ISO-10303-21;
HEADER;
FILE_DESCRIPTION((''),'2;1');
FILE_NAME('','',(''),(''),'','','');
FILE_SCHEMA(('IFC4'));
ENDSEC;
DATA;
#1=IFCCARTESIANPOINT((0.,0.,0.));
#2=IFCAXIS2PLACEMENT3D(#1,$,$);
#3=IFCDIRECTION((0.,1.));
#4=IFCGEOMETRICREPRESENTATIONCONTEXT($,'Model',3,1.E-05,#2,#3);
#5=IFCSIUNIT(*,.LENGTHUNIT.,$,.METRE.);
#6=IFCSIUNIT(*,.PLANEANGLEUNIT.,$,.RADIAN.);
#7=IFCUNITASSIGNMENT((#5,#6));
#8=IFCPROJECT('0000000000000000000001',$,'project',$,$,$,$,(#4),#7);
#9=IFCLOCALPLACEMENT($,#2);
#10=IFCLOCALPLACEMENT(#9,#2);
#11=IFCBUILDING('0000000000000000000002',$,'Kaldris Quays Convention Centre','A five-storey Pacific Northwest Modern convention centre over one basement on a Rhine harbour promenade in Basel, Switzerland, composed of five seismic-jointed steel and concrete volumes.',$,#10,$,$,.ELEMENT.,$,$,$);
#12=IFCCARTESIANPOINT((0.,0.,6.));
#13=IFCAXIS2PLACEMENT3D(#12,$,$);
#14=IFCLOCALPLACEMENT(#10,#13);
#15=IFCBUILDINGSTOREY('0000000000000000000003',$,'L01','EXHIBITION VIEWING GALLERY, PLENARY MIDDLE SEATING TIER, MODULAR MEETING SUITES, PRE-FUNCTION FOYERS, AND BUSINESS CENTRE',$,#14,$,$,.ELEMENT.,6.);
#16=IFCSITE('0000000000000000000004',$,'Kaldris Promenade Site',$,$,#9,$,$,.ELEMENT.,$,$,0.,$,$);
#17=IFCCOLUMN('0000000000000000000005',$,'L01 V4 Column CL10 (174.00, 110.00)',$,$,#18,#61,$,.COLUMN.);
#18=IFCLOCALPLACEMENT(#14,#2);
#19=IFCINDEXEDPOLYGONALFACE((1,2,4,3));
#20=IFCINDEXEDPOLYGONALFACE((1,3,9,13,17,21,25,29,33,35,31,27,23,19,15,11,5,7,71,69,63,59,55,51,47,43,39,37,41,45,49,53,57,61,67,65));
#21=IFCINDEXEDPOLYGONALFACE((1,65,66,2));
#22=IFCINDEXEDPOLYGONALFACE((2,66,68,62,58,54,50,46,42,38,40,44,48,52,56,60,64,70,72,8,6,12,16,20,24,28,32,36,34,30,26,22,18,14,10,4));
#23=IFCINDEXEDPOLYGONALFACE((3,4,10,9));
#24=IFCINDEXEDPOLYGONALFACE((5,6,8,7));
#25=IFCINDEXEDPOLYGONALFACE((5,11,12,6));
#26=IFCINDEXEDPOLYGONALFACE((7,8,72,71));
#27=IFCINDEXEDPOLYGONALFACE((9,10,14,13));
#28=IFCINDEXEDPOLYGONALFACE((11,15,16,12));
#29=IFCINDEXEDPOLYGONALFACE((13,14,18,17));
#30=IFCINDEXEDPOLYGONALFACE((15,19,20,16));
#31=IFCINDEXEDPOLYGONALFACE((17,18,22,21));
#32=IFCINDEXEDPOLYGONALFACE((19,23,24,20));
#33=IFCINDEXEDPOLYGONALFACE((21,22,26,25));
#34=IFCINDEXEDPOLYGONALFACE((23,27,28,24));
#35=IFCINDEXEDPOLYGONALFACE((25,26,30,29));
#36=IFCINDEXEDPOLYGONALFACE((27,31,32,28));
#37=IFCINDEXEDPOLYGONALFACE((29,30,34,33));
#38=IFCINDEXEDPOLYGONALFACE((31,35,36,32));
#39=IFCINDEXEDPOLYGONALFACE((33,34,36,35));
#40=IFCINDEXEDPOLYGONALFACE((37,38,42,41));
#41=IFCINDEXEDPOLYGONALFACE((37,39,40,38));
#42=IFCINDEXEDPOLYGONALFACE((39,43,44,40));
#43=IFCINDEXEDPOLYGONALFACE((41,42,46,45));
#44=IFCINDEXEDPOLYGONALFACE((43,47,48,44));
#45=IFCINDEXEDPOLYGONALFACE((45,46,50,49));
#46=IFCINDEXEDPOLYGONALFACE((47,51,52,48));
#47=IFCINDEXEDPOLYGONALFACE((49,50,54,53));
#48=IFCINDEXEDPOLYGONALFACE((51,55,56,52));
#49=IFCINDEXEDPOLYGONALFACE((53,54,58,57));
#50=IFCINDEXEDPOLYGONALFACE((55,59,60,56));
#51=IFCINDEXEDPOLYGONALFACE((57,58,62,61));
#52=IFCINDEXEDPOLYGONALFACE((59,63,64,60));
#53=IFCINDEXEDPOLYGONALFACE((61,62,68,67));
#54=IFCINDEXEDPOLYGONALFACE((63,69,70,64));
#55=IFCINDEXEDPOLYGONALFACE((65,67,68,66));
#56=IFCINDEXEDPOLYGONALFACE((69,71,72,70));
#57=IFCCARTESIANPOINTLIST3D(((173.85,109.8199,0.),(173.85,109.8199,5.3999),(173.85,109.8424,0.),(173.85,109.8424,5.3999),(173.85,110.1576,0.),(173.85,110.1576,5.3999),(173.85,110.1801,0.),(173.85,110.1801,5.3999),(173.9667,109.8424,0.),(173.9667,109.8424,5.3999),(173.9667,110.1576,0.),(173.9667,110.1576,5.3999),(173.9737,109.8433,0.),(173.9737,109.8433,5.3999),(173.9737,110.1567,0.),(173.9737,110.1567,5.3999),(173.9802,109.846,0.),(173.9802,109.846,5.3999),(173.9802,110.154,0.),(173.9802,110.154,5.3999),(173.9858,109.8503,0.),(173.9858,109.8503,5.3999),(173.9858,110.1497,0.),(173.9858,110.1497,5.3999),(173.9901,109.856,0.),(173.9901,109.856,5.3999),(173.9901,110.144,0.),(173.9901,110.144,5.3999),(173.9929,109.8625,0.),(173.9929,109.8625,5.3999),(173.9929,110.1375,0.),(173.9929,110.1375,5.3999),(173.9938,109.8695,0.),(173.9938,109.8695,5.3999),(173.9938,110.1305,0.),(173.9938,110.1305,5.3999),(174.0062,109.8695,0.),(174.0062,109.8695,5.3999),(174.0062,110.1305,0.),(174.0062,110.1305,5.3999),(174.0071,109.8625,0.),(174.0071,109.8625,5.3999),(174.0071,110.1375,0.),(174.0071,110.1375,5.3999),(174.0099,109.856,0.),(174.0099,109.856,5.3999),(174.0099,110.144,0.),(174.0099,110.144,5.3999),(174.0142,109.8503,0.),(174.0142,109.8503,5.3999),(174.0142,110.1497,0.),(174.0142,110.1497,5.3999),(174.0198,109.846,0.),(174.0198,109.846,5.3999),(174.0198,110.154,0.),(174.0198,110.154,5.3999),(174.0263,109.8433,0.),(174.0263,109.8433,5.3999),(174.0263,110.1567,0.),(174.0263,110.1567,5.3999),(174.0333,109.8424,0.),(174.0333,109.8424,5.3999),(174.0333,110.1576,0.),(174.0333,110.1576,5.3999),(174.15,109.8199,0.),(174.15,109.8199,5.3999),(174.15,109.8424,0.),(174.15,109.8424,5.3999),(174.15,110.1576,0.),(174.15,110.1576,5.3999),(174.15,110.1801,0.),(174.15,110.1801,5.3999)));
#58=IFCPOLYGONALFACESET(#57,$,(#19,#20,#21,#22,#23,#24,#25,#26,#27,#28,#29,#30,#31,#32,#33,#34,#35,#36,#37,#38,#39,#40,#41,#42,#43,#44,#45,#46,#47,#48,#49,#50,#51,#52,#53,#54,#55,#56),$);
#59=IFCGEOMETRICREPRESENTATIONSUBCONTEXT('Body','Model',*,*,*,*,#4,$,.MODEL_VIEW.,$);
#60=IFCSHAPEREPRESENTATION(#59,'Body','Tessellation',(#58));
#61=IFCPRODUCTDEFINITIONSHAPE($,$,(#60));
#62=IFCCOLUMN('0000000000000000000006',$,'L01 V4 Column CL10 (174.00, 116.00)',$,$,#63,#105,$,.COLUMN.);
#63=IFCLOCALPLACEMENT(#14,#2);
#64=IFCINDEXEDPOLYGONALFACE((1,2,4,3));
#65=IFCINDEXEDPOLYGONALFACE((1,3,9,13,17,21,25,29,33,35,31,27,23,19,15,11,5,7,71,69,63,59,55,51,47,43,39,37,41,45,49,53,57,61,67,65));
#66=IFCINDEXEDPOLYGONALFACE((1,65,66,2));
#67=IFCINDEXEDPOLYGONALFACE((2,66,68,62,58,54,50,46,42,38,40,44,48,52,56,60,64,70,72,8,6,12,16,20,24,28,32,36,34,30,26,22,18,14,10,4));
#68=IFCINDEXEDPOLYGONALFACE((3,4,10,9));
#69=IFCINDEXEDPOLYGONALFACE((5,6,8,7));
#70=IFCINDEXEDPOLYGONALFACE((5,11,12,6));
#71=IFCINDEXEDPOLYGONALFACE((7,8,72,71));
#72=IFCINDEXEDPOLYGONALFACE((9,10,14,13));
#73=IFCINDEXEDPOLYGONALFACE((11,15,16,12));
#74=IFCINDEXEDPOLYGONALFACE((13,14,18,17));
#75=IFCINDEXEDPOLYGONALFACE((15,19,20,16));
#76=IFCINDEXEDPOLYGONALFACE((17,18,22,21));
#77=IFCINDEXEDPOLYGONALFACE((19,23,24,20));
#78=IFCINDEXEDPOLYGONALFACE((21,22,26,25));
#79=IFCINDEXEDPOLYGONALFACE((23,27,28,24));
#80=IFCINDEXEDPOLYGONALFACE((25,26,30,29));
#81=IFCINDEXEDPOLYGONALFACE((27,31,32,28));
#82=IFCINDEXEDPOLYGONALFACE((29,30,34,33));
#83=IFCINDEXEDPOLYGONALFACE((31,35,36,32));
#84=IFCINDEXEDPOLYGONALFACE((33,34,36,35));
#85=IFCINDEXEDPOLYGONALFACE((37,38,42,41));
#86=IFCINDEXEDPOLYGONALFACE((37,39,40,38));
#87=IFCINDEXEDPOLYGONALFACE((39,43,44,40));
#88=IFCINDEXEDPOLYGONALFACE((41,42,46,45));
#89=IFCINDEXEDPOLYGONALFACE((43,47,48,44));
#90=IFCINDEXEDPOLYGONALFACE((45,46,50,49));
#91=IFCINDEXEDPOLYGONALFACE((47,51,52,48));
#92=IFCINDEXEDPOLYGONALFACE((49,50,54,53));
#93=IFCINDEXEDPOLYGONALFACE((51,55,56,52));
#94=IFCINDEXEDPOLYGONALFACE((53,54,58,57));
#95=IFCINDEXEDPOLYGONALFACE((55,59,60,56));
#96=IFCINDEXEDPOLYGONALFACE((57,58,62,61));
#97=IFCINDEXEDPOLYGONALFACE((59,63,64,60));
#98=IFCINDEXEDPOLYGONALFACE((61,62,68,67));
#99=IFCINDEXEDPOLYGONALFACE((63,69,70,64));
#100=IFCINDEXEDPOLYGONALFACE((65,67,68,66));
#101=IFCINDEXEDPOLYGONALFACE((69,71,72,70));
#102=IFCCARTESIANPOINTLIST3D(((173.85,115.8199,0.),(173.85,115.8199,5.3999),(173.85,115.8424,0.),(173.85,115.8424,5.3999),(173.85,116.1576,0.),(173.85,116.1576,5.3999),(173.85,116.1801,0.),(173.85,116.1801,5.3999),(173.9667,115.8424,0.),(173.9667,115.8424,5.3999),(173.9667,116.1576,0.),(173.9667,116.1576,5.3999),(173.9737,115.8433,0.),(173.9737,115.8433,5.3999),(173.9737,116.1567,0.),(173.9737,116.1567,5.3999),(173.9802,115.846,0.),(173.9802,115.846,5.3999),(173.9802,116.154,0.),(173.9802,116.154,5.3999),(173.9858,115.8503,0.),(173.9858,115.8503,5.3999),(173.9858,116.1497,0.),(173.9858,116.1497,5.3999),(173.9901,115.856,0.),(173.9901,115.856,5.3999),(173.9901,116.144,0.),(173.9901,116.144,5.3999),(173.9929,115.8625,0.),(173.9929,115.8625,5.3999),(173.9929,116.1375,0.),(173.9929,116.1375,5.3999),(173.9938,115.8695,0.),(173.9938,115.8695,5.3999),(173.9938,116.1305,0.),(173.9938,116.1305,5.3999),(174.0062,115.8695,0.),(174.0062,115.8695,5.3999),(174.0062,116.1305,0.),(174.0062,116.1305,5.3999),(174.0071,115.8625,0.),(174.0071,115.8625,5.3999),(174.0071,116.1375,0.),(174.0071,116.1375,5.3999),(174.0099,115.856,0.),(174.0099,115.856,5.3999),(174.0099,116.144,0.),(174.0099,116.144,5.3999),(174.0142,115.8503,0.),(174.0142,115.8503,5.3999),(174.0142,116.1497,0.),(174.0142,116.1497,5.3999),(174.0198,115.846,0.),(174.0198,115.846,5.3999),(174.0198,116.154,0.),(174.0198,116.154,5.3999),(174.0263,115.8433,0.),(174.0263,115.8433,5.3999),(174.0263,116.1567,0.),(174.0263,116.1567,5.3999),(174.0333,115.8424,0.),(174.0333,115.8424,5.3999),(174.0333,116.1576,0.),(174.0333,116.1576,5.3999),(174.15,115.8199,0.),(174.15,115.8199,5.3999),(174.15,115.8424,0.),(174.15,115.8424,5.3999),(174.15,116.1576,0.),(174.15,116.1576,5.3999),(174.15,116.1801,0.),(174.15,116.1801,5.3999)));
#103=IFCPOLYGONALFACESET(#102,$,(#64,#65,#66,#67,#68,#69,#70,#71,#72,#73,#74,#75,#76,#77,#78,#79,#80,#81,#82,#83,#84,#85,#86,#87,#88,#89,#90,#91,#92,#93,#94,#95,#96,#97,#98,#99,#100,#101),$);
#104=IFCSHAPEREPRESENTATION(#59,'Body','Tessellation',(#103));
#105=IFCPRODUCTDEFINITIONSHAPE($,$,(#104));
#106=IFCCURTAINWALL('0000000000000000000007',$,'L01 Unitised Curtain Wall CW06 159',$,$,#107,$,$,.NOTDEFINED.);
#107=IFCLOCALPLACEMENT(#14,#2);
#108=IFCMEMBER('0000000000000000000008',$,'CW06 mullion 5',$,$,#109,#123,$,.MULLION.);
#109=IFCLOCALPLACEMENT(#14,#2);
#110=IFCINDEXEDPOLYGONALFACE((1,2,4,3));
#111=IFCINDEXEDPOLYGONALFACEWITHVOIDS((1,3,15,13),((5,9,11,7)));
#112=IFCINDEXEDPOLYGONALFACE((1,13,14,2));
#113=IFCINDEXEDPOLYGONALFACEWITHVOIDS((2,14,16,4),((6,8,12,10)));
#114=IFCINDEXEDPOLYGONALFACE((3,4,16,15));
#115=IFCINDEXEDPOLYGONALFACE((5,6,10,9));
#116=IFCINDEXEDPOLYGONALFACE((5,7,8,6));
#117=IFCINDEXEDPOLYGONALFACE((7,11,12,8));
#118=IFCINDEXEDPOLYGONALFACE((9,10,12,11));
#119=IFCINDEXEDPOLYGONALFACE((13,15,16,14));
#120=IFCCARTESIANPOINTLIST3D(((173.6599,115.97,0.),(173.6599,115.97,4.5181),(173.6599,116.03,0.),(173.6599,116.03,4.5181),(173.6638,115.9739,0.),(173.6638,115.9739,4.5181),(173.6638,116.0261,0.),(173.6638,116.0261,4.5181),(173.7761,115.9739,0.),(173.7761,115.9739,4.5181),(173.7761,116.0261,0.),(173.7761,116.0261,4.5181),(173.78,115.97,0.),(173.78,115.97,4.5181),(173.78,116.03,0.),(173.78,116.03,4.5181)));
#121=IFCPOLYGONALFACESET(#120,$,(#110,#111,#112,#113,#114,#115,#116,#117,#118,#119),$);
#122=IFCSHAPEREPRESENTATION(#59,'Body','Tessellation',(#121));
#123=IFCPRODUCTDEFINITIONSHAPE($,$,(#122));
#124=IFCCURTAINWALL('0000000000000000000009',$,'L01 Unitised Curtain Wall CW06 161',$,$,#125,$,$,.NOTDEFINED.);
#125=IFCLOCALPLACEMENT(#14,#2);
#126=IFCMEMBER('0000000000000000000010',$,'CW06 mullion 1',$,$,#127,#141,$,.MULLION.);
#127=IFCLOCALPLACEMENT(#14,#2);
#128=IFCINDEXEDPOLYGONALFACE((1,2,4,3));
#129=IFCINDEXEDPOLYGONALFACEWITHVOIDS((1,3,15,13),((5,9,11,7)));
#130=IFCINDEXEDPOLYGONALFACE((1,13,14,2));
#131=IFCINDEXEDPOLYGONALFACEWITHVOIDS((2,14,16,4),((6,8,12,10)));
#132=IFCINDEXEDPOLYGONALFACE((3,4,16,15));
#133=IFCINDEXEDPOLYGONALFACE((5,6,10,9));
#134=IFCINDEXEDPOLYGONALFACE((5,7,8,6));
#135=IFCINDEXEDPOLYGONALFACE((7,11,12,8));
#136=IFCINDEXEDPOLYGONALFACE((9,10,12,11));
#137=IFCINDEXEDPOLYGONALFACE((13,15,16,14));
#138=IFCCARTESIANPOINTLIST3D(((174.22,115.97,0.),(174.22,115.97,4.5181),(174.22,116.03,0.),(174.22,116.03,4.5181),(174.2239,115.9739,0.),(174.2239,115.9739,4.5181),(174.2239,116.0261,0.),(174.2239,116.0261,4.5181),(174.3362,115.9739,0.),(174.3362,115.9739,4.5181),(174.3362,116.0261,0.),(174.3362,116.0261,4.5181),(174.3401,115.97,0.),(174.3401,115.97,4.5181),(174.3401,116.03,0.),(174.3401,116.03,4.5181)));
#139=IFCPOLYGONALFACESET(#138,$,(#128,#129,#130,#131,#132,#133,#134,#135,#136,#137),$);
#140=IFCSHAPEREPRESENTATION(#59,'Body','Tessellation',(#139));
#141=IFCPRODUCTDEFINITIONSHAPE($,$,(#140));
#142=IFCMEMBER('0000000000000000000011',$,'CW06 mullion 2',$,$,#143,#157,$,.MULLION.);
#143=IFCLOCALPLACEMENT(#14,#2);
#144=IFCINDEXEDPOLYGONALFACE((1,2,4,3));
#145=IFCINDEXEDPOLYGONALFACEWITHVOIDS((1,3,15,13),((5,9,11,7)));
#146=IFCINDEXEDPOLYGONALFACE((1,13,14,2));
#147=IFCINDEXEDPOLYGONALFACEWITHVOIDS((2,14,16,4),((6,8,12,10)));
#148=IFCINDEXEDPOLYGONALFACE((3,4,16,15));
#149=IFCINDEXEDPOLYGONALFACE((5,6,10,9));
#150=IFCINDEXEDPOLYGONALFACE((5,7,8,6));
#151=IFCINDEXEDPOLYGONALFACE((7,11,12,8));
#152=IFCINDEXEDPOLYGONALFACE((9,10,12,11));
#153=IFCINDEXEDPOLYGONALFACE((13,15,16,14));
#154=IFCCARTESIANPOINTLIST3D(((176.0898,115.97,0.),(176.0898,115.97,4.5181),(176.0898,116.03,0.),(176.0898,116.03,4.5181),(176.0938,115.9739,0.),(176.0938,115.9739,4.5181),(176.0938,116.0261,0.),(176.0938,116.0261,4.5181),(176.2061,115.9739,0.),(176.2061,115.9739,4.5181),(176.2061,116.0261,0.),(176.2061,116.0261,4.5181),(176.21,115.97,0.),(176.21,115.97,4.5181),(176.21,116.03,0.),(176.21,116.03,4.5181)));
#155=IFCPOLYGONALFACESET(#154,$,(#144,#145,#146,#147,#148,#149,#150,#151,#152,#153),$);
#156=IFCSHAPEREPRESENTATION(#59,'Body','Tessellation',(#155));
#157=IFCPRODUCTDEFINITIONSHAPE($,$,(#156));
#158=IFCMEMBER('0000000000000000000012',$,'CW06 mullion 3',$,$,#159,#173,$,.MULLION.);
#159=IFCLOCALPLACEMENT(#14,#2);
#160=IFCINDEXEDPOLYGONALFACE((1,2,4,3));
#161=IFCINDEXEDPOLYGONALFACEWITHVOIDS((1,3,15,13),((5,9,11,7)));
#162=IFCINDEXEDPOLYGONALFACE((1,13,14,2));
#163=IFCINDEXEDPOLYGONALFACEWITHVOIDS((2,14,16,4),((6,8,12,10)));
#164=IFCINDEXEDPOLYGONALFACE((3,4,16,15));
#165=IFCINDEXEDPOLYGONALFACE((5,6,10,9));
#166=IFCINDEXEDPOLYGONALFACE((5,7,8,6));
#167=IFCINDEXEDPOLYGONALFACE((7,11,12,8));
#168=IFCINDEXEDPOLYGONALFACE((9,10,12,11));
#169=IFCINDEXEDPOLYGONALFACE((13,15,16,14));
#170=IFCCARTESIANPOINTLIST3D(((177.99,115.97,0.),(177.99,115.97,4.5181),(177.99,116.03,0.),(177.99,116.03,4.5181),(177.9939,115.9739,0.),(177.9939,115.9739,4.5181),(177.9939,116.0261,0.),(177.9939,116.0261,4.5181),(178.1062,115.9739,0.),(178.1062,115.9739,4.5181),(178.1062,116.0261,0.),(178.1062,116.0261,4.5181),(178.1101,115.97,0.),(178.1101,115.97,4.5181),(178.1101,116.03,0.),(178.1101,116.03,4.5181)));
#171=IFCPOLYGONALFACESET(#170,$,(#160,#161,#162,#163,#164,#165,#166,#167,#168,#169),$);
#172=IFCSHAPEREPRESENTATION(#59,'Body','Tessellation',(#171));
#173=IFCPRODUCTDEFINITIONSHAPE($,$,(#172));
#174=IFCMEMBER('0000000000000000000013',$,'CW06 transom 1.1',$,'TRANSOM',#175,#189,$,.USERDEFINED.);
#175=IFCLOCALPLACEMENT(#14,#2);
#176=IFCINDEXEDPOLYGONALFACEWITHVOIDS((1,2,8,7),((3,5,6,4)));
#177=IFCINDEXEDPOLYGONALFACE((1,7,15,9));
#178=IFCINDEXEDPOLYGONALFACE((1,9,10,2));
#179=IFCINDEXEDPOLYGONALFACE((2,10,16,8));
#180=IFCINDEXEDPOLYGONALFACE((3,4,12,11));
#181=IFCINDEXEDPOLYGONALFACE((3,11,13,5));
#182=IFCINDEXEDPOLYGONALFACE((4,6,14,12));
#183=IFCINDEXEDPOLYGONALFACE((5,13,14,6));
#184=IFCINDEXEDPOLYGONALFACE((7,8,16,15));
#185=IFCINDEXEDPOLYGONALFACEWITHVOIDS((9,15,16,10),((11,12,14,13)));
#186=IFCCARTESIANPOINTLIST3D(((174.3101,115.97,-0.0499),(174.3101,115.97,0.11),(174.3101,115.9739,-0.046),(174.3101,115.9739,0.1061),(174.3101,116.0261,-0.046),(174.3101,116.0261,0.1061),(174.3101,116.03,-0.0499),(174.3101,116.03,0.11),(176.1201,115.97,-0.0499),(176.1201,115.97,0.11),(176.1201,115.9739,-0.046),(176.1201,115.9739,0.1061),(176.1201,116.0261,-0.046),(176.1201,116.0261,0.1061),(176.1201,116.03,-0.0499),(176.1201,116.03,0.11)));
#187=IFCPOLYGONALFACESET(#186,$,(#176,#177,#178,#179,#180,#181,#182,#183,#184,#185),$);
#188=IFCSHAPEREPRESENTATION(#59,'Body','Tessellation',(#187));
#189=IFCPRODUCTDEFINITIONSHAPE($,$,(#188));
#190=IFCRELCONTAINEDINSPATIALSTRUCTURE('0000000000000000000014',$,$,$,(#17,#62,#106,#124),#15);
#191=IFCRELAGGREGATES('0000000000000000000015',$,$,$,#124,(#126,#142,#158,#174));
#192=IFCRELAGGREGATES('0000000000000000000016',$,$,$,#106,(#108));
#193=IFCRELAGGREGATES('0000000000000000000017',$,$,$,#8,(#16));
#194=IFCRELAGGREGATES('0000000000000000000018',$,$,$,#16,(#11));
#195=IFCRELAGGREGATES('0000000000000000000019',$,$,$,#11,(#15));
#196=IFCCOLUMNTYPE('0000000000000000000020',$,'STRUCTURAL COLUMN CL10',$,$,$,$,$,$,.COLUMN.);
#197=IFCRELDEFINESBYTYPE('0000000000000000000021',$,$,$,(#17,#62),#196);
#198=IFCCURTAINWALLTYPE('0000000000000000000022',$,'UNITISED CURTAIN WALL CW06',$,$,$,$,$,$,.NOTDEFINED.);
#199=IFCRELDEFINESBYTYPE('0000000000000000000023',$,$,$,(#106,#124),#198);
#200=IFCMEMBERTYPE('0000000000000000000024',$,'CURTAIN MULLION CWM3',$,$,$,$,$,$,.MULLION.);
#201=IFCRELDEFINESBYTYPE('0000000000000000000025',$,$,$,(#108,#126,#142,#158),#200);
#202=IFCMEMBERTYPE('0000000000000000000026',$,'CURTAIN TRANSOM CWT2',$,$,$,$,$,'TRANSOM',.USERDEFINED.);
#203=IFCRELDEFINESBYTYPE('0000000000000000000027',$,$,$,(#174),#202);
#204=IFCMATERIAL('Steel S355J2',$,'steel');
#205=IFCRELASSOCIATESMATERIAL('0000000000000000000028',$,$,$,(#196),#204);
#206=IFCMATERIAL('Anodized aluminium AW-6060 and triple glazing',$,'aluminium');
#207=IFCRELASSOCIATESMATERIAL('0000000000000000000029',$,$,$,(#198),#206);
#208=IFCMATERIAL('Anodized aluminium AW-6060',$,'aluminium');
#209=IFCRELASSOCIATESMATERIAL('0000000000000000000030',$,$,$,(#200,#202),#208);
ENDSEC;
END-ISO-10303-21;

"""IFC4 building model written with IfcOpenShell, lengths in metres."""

from ifc_helpers import new_model, si_unit, direction, frame, origin, origin_2d, place, context, subcontext, project, spatial, hollow_rectangle, i_section, extrude, material, material_profile, profile_set, type_object, element, aggregate, save


model = new_model("IFC4")

# Units and contexts
model_context = context("Model", 3, precision=1e-05, world=origin(), true_north=direction((0.0, 1.0)))
body_context = subcontext(model_context, "Body", "Model", "MODEL_VIEW")
ifc_project = project(units=[si_unit("LENGTHUNIT", "METRE"), si_unit("PLANEANGLEUNIT", "RADIAN")], contexts=[model_context])

# Site, building, storey
site_placement = place(None, origin())
site = spatial("IfcSite", under=ifc_project, at=site_placement, Name="Kaldris Promenade Site", CompositionType="ELEMENT", RefElevation=0.0)
building_placement = place(site_placement, origin())
building = spatial("IfcBuilding", under=site, at=building_placement, Name="Kaldris Quays Convention Centre", Description="A five-storey Pacific Northwest Modern convention centre over one basement on a Rhine harbour promenade in Basel, Switzerland, composed of five seismic-jointed steel and concrete volumes.", CompositionType="ELEMENT")
storey_placement = place(building_placement, frame((0.0, 0.0, 6.0)))
storey = spatial("IfcBuildingStorey", under=building, at=storey_placement, Name="L01", Description="EXHIBITION VIEWING GALLERY, PLENARY MIDDLE SEATING TIER, MODULAR MEETING SUITES, PRE-FUNCTION FOYERS, AND BUSINESS CENTRE", CompositionType="ELEMENT", Elevation=6.0)

# Columns
ifc_material_1 = material(Name="Steel S355J2", Category="steel")
ifc_material_profile_1 = material_profile(ifc_material_1, i_section(OverallWidth=0.3, OverallDepth=0.3601, WebThickness=0.0125, FlangeThickness=0.0225, FilletRadius=0.0271, at=origin_2d()), Name="HEB 360")
ifc_profile_set_1 = profile_set([ifc_material_profile_1], Name="Steel S355J2")
column_type = type_object("IfcColumnType", Name="STRUCTURAL COLUMN CL10", PredefinedType="COLUMN", material=ifc_profile_set_1)
for number, where, z_axis, x_axis, name in (
    (1, (174.0, 110.0, 0.0), (0.0, 0.0, 1.0), (1.0, 0.0, 0.0), "L01 V4 Column CL10 (174.00, 110.00)"),
    (2, (174.0, 116.0, 0.0), (0.0, 0.0, 1.0), (1.0, 0.0, 0.0), "L01 V4 Column CL10 (174.00, 116.00)"),
):
    element("IfcColumn", number, at=place(storey_placement, frame(where, z_axis=z_axis, x_axis=x_axis)), inside=storey, type_object=column_type, Name=name, PredefinedType="COLUMN", context=body_context, shape_type="SweptSolid", body=[
        extrude(i_section(OverallWidth=0.3, OverallDepth=0.3601, WebThickness=0.0125, FlangeThickness=0.0225, FilletRadius=0.0271, at=origin_2d()), origin(), (0.0, 0.0, 1.0), 5.3999),
    ])

# Curtain wall, member
ifc_material_2 = material(Name="Anodized aluminium AW-6060 and triple glazing", Category="aluminium")
curtain_wall_type = type_object("IfcCurtainWallType", Name="UNITISED CURTAIN WALL CW06", PredefinedType="NOTDEFINED", material=ifc_material_2)
curtain_wall_1_placement = place(storey_placement, origin())
curtain_wall_1 = element("IfcCurtainWall", 3, at=curtain_wall_1_placement, inside=storey, type_object=curtain_wall_type, Name="L01 Unitised Curtain Wall CW06 159", PredefinedType="NOTDEFINED")
ifc_material_3 = material(Name="Anodized aluminium AW-6060", Category="aluminium")
ifc_material_profile_2 = material_profile(ifc_material_3, hollow_rectangle(XDim=0.0601, YDim=0.1201, WallThickness=0.0039, at=origin_2d()), Name="RHS 120x60x4")
ifc_profile_set_2 = profile_set([ifc_material_profile_2], Name="Anodized aluminium AW-6060")
member_type_1 = type_object("IfcMemberType", Name="CURTAIN MULLION CWM3", PredefinedType="MULLION", material=ifc_profile_set_2)
member_1_placement = place(storey_placement, frame((173.72, 116.0, 0.0), z_axis=(0.0, 0.0, 1.0), x_axis=(0.0, 1.0, 0.0)))
member_1 = element("IfcMember", 4, at=member_1_placement, type_object=member_type_1, Name="CW06 mullion 5", PredefinedType="MULLION", context=body_context, shape_type="SweptSolid", body=[
    extrude(hollow_rectangle(XDim=0.0601, YDim=0.1201, WallThickness=0.0039, at=origin_2d()), origin(), (0.0, 0.0, 1.0), 4.5181),
])

# Curtain wall, members
curtain_wall_2_placement = place(storey_placement, origin())
curtain_wall_2 = element("IfcCurtainWall", 5, at=curtain_wall_2_placement, inside=storey, type_object=curtain_wall_type, Name="L01 Unitised Curtain Wall CW06 161", PredefinedType="NOTDEFINED")
member_2_placement = place(storey_placement, frame((174.28, 116.0, 0.0), z_axis=(0.0, 0.0, 1.0), x_axis=(0.0, 1.0, 0.0)))
member_2 = element("IfcMember", 6, at=member_2_placement, type_object=member_type_1, Name="CW06 mullion 1", PredefinedType="MULLION", context=body_context, shape_type="SweptSolid", body=[
    extrude(hollow_rectangle(XDim=0.0601, YDim=0.1201, WallThickness=0.0039, at=origin_2d()), origin(), (0.0, 0.0, 1.0), 4.5181),
])
member_3_placement = place(storey_placement, frame((176.1499, 116.0, 0.0), z_axis=(0.0, 0.0, 1.0), x_axis=(0.0, 1.0, 0.0)))
member_3 = element("IfcMember", 7, at=member_3_placement, type_object=member_type_1, Name="CW06 mullion 2", PredefinedType="MULLION", context=body_context, shape_type="SweptSolid", body=[
    extrude(hollow_rectangle(XDim=0.0601, YDim=0.1201, WallThickness=0.0039, at=origin_2d()), origin(), (0.0, 0.0, 1.0), 4.5181),
])
member_4_placement = place(storey_placement, frame((178.05, 116.0, 0.0), z_axis=(0.0, 0.0, 1.0), x_axis=(0.0, 1.0, 0.0)))
member_4 = element("IfcMember", 8, at=member_4_placement, type_object=member_type_1, Name="CW06 mullion 3", PredefinedType="MULLION", context=body_context, shape_type="SweptSolid", body=[
    extrude(hollow_rectangle(XDim=0.0601, YDim=0.1201, WallThickness=0.0039, at=origin_2d()), origin(), (0.0, 0.0, 1.0), 4.5181),
])
ifc_material_profile_3 = material_profile(ifc_material_3, hollow_rectangle(XDim=0.0601, YDim=0.1599, WallThickness=0.0039, at=origin_2d()), Name="RHS 160x60x4")
ifc_profile_set_3 = profile_set([ifc_material_profile_3], Name="Anodized aluminium AW-6060")
member_type_2 = type_object("IfcMemberType", Name="CURTAIN TRANSOM CWT2", ElementType="TRANSOM", PredefinedType="USERDEFINED", material=ifc_profile_set_3)
member_5_placement = place(storey_placement, frame((174.3101, 116.0, 0.03), z_axis=(1.0, 0.0, 0.0), x_axis=(0.0, 1.0, 0.0)))
member_5 = element("IfcMember", 9, at=member_5_placement, type_object=member_type_2, Name="CW06 transom 1.1", ObjectType="TRANSOM", PredefinedType="USERDEFINED", context=body_context, shape_type="SweptSolid", body=[
    extrude(hollow_rectangle(XDim=0.0601, YDim=0.1599, WallThickness=0.0039, at=origin_2d()), origin(), (0.0, 0.0, 1.0), 1.8101),
])

aggregate(curtain_wall_2, [member_2, member_3, member_4, member_5])
aggregate(curtain_wall_1, [member_1])

save(model, "model.ifc")
